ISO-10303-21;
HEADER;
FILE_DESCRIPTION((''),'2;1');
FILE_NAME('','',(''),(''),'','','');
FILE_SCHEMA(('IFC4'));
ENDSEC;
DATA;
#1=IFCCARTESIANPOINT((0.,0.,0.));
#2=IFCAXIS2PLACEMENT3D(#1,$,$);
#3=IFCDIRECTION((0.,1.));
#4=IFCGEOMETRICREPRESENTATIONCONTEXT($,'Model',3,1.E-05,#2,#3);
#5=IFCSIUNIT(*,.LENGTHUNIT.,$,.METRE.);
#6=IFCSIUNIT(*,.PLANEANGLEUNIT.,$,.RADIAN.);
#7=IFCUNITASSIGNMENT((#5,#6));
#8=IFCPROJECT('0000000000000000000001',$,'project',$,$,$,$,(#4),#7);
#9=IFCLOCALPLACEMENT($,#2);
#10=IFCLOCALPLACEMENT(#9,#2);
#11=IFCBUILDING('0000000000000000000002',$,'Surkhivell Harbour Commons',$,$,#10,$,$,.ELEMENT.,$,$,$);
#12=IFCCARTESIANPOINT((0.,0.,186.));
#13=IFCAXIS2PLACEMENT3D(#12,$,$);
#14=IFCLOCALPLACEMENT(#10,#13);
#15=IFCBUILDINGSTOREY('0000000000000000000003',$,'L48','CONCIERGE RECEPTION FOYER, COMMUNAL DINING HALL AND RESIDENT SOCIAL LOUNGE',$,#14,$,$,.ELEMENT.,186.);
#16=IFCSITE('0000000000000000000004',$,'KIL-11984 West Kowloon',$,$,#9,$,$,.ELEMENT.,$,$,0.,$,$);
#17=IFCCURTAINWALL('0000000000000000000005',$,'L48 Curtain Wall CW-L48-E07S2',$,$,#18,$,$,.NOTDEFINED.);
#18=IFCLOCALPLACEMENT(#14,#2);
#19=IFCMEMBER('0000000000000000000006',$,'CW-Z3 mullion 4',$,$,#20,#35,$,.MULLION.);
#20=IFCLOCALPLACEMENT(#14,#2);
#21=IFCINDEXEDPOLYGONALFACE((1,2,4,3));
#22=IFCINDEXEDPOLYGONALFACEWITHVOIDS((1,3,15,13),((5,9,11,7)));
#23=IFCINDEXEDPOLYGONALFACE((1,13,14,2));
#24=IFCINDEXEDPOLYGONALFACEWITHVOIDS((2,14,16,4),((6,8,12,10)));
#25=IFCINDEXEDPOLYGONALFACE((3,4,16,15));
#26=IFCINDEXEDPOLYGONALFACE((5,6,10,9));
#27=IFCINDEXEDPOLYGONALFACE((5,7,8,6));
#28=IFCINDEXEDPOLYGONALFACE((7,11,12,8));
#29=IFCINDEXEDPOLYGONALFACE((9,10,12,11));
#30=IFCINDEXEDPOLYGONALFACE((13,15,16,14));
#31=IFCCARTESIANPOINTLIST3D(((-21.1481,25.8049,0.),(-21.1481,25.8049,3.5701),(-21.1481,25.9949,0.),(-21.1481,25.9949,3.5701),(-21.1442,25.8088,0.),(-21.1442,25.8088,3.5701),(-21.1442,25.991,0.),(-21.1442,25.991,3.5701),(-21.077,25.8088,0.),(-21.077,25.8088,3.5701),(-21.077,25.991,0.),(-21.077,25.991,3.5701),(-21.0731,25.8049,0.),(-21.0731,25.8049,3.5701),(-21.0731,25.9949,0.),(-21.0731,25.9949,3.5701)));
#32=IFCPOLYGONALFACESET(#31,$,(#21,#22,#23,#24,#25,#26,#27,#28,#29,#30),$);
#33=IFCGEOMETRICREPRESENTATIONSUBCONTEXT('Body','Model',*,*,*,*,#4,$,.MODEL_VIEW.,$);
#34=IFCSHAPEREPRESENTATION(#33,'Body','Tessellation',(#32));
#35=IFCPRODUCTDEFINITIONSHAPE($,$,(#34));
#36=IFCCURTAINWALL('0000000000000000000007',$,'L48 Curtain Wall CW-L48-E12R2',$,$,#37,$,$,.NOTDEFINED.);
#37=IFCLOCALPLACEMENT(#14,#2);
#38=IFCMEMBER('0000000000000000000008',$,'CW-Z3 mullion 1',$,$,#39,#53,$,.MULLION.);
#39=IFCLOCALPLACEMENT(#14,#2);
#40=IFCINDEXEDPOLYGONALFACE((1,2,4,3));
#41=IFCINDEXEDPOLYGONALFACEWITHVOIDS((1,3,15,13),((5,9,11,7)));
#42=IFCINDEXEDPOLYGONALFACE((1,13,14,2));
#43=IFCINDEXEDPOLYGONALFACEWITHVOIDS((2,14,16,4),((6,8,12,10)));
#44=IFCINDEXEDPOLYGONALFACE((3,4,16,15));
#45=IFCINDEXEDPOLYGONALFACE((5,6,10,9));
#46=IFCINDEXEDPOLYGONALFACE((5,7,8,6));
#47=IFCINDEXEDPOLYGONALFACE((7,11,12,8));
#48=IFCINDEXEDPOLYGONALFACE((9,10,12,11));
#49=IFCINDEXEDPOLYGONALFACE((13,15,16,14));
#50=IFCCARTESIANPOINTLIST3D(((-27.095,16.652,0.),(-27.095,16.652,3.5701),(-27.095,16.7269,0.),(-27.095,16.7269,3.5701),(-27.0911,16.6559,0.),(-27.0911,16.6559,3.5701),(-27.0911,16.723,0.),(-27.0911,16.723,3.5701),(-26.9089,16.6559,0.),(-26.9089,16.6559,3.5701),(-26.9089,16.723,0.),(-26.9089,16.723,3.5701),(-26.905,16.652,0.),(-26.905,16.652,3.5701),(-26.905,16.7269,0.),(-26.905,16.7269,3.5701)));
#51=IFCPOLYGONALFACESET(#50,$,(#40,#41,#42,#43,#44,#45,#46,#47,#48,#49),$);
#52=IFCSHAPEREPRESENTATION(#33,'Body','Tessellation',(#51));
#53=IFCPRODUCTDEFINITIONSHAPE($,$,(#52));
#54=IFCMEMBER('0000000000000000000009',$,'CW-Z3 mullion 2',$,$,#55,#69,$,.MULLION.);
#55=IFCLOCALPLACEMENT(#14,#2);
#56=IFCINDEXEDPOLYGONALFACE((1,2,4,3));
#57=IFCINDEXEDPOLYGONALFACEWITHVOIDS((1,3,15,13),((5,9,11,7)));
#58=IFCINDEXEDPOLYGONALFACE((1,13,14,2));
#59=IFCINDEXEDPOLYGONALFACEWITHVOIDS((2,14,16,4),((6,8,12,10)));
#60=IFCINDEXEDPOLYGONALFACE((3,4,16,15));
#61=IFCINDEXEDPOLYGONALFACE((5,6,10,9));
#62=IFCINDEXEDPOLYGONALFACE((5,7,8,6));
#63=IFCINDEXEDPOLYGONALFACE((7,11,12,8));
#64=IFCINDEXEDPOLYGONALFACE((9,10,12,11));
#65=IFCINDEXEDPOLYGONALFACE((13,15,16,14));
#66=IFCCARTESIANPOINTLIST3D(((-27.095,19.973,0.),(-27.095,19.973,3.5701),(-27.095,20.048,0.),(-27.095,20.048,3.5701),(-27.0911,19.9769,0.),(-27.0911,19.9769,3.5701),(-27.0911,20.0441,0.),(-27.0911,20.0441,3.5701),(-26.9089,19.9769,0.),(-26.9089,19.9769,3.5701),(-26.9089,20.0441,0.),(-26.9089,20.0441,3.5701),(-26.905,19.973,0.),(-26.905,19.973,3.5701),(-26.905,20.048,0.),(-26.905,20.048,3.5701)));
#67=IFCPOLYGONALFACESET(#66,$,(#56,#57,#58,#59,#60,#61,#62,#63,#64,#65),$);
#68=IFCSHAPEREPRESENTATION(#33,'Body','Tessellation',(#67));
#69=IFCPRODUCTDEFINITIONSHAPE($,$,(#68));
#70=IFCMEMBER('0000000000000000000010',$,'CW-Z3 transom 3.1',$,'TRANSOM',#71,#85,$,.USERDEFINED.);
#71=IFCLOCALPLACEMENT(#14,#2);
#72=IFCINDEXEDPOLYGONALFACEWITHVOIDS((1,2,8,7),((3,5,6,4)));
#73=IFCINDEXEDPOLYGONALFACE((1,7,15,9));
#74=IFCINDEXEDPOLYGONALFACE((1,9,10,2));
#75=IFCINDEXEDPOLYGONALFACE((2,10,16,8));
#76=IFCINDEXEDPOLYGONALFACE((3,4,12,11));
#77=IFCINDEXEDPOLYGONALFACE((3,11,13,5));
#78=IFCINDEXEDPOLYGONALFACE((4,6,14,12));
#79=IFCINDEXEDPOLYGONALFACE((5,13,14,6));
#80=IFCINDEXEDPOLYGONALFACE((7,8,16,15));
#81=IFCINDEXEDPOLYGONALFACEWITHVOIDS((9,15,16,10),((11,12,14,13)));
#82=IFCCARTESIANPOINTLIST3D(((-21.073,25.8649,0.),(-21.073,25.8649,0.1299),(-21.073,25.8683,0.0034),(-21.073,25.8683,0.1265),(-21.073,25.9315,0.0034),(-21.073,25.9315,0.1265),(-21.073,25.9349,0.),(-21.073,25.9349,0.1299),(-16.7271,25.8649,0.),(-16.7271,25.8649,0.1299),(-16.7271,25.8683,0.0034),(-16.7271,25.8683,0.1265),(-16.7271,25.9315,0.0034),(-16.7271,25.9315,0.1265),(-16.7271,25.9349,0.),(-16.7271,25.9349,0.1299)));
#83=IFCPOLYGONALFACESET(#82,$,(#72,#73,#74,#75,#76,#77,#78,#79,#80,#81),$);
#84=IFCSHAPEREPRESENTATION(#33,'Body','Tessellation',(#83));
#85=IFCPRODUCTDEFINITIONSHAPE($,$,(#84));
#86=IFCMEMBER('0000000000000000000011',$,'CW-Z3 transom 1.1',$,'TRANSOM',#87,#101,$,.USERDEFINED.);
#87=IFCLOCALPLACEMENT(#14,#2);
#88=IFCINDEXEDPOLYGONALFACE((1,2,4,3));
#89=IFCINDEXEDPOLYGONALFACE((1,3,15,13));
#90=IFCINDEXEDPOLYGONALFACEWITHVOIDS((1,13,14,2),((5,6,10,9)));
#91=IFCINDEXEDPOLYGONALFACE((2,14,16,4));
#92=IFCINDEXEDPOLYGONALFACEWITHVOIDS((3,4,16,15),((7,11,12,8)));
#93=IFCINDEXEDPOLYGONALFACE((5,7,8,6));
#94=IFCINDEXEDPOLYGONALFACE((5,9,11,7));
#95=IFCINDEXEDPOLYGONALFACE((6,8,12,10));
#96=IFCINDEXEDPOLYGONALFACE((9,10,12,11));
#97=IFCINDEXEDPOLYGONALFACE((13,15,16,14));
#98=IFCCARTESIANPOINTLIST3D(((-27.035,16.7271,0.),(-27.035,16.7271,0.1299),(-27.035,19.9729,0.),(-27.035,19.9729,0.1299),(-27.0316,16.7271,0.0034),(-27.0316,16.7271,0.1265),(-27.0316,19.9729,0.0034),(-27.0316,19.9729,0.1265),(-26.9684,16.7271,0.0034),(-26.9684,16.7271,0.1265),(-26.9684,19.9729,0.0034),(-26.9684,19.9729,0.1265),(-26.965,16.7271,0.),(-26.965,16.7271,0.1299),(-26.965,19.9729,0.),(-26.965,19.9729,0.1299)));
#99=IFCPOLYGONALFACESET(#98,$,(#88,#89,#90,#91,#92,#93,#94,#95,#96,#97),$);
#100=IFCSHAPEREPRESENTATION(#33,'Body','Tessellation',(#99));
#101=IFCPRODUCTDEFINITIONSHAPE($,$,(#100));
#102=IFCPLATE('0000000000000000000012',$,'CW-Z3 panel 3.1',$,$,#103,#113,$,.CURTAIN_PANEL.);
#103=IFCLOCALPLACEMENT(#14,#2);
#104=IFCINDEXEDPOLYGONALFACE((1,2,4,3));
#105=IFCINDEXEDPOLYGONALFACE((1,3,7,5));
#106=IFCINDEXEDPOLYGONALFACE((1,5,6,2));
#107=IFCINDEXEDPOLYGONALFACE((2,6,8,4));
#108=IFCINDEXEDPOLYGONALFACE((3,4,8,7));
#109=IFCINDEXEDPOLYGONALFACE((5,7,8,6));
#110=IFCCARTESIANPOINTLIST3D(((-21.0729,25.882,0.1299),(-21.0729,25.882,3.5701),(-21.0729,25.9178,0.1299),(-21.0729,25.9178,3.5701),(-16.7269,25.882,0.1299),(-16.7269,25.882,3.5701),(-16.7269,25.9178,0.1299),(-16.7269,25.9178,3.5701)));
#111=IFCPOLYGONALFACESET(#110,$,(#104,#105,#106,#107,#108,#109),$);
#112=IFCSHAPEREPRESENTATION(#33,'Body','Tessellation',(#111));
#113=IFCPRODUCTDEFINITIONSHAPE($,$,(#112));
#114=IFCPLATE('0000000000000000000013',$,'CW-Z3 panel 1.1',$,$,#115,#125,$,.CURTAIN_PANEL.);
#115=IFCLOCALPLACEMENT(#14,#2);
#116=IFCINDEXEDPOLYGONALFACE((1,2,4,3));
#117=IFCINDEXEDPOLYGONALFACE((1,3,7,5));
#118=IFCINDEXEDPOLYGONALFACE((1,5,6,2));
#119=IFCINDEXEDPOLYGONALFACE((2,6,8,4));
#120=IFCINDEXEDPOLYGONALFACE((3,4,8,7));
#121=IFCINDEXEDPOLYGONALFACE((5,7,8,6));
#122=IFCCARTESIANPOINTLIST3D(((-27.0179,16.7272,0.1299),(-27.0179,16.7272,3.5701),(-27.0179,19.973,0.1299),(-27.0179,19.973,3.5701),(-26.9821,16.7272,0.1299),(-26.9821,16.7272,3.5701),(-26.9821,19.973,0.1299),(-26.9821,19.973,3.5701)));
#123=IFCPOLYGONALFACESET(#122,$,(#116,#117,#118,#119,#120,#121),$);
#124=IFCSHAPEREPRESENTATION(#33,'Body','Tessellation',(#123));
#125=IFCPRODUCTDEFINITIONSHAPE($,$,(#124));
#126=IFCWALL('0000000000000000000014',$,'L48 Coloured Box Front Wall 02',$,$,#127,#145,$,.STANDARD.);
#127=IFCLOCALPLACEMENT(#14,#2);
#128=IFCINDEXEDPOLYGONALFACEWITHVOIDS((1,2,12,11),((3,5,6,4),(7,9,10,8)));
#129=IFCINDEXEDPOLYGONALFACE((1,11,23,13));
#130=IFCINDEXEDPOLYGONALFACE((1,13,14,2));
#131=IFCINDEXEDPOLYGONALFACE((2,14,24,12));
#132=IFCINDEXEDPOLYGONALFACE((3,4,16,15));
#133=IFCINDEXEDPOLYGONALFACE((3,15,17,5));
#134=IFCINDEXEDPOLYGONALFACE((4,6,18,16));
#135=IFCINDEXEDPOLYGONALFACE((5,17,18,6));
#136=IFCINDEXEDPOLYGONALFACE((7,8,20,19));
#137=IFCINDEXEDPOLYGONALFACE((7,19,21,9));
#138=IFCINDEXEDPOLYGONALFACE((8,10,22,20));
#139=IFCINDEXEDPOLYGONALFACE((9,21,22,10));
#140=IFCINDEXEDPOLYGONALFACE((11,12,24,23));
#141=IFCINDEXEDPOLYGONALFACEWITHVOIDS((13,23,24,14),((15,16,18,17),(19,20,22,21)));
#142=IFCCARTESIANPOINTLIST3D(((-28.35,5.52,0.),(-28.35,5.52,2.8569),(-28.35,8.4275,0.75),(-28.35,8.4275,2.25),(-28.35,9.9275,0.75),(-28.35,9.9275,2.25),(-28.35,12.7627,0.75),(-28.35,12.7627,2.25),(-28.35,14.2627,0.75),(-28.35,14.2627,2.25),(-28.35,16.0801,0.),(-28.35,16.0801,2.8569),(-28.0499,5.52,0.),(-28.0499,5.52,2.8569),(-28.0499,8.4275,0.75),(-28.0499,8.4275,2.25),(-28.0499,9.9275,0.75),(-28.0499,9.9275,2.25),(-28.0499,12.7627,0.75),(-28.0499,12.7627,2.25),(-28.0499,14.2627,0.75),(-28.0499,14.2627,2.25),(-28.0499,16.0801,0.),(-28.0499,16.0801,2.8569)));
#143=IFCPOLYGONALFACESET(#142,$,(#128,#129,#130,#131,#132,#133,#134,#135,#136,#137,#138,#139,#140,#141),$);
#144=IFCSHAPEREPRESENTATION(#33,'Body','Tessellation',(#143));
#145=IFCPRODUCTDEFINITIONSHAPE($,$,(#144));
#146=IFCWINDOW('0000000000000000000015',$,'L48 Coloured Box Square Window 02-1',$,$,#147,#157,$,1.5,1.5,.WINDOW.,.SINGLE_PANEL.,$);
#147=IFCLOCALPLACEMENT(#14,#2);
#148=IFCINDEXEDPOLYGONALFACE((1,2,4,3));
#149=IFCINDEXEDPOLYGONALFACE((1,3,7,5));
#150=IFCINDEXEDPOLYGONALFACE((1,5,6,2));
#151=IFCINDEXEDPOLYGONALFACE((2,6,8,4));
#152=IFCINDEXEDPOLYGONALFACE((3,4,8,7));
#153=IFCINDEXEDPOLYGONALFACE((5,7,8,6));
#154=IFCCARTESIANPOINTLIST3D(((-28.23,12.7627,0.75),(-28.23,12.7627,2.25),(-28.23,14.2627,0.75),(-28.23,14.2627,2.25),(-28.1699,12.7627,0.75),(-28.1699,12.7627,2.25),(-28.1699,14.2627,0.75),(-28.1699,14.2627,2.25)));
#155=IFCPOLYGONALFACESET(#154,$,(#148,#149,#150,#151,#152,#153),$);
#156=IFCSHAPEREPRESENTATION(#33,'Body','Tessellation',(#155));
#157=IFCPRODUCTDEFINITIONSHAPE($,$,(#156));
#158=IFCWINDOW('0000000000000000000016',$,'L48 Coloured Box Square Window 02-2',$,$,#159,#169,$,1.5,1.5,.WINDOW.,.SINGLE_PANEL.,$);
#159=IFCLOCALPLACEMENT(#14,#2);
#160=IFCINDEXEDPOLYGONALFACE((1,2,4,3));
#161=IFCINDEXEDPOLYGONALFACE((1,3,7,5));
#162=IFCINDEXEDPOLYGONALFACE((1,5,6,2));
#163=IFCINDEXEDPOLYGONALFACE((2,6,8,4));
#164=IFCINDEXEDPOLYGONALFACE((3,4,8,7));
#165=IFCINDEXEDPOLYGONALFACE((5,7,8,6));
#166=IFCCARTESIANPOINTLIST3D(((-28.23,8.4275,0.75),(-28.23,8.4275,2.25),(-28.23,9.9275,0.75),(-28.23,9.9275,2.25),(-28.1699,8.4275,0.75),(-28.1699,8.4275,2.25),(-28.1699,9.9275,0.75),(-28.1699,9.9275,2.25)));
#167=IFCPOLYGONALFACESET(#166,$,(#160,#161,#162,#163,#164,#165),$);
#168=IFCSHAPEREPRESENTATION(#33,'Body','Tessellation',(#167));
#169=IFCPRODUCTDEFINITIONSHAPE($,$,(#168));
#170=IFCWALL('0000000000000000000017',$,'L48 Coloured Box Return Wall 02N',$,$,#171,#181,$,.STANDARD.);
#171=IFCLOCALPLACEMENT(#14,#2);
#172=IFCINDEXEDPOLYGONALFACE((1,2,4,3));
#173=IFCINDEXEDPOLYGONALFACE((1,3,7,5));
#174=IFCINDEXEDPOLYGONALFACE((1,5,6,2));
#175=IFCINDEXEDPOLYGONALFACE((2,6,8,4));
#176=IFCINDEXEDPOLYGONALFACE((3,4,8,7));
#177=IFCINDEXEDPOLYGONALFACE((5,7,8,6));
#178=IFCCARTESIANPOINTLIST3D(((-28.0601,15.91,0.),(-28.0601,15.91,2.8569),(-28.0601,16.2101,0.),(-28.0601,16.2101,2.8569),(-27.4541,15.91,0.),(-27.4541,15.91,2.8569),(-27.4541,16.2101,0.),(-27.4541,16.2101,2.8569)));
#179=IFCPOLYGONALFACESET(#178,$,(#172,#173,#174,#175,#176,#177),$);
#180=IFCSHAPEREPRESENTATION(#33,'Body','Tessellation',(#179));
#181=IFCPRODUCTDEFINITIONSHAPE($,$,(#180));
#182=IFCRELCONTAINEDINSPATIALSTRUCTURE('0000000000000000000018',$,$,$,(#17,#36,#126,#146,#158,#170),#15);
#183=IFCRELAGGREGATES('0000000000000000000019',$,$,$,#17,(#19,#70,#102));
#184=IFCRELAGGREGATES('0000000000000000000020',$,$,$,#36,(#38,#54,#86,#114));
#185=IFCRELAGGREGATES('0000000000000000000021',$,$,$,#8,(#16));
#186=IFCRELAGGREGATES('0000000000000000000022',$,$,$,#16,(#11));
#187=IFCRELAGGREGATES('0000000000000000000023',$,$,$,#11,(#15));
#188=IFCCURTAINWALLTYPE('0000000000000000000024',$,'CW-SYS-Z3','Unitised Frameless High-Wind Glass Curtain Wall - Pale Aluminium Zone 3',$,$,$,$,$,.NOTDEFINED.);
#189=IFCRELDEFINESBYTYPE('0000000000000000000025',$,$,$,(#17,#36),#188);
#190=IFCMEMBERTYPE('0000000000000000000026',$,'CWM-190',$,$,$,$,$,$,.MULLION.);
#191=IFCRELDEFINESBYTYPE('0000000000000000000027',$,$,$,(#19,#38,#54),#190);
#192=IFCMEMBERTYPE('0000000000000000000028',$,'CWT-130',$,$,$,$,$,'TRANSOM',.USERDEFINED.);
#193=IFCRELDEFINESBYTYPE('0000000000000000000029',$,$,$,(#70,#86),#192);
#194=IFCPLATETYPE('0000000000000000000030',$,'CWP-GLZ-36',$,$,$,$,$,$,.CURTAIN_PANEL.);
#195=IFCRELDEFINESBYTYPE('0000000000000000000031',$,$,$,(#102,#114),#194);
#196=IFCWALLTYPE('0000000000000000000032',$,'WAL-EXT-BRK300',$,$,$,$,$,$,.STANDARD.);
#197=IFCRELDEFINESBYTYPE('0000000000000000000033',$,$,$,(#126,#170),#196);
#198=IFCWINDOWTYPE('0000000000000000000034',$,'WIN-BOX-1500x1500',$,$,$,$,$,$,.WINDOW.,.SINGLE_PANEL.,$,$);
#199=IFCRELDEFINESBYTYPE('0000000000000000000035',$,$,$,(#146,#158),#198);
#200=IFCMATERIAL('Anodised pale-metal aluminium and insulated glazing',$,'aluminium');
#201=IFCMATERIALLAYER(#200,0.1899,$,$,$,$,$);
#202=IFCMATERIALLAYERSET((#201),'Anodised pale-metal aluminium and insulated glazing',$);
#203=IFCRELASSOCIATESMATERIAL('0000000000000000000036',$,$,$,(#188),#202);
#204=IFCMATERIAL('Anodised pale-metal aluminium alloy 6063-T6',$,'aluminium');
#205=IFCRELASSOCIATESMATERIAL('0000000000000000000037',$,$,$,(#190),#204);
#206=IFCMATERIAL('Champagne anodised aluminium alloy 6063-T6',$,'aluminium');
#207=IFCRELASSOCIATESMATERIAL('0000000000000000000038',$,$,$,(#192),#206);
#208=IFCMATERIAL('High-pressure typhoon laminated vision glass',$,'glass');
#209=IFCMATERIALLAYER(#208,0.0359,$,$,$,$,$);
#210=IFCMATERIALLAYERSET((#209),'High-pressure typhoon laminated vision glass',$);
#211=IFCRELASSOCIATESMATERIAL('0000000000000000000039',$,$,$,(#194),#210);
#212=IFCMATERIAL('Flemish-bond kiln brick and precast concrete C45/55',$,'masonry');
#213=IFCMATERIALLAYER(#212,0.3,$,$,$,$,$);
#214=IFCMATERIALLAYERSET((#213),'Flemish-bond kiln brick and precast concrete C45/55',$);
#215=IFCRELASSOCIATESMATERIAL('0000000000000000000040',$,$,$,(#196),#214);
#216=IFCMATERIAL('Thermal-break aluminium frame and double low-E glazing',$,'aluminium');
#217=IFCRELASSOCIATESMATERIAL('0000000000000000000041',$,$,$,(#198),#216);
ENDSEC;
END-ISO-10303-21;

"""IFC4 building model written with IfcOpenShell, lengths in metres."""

from ifc_helpers import new_model, si_unit, direction, frame, frame_2d, origin, origin_2d, place, context, subcontext, project, spatial, rectangle, hollow_rectangle, extrude, material, layer, layer_set, material_profile, profile_set, type_object, element, fill, aggregate, save


model = new_model("IFC4")

# Units and contexts
model_context = context("Model", 3, precision=1e-05, world=origin(), true_north=direction((0.0, 1.0)))
body_context = subcontext(model_context, "Body", "Model", "MODEL_VIEW")
ifc_project = project(units=[si_unit("LENGTHUNIT", "METRE"), si_unit("PLANEANGLEUNIT", "RADIAN")], contexts=[model_context])

# Site, building, storey
site_placement = place(None, origin())
site = spatial("IfcSite", under=ifc_project, at=site_placement, Name="KIL-11984 West Kowloon", CompositionType="ELEMENT", RefElevation=0.0)
building_placement = place(site_placement, origin())
building = spatial("IfcBuilding", under=site, at=building_placement, Name="Surkhivell Harbour Commons", CompositionType="ELEMENT")
storey_placement = place(building_placement, frame((0.0, 0.0, 186.0)))
storey = spatial("IfcBuildingStorey", under=building, at=storey_placement, Name="L48", Description="CONCIERGE RECEPTION FOYER, COMMUNAL DINING HALL AND RESIDENT SOCIAL LOUNGE", CompositionType="ELEMENT", Elevation=186.0)

# Curtain wall, member
ifc_material_1 = material(Name="Anodised pale-metal aluminium and insulated glazing", Category="aluminium")
ifc_layer_1 = layer(ifc_material_1, 0.1899)
ifc_layer_set_1 = layer_set([ifc_layer_1], Name="Anodised pale-metal aluminium and insulated glazing")
curtain_wall_type = type_object("IfcCurtainWallType", Name="CW-SYS-Z3", Description="Unitised Frameless High-Wind Glass Curtain Wall - Pale Aluminium Zone 3", PredefinedType="NOTDEFINED", material=ifc_layer_set_1)
curtain_wall_1_placement = place(storey_placement, origin())
curtain_wall_1 = element("IfcCurtainWall", 1, at=curtain_wall_1_placement, inside=storey, type_object=curtain_wall_type, Name="L48 Curtain Wall CW-L48-E07S2", PredefinedType="NOTDEFINED")
ifc_material_2 = material(Name="Anodised pale-metal aluminium alloy 6063-T6", Category="aluminium")
ifc_material_profile_1 = material_profile(ifc_material_2, hollow_rectangle(XDim=0.075, YDim=0.1899, WallThickness=0.0039, at=origin_2d()), Name="ALU-MULL-75x190")
ifc_profile_set_1 = profile_set([ifc_material_profile_1], Name="Anodised pale-metal aluminium alloy 6063-T6")
member_type_1 = type_object("IfcMemberType", Name="CWM-190", PredefinedType="MULLION", material=ifc_profile_set_1)
member_1_placement = place(storey_placement, frame((-21.1106, 25.8999, 0.0), z_axis=(0.0, 0.0, 1.0), x_axis=(-1.0, 0.0, 0.0)))
member_1 = element("IfcMember", 2, at=member_1_placement, type_object=member_type_1, Name="CW-Z3 mullion 4", PredefinedType="MULLION", context=body_context, shape_type="SweptSolid", body=[
    extrude(hollow_rectangle(XDim=0.075, YDim=0.1899, WallThickness=0.0039, at=origin_2d()), origin(), (0.0, 0.0, 1.0), 3.5701),
])

# Curtain wall, members
curtain_wall_2_placement = place(storey_placement, origin())
curtain_wall_2 = element("IfcCurtainWall", 3, at=curtain_wall_2_placement, inside=storey, type_object=curtain_wall_type, Name="L48 Curtain Wall CW-L48-E12R2", PredefinedType="NOTDEFINED")
member_2_placement = place(storey_placement, frame((-27.0, 16.6895, 0.0), z_axis=(0.0, 0.0, 1.0), x_axis=(0.0, 1.0, 0.0)))
member_2 = element("IfcMember", 4, at=member_2_placement, type_object=member_type_1, Name="CW-Z3 mullion 1", PredefinedType="MULLION", context=body_context, shape_type="SweptSolid", body=[
    extrude(hollow_rectangle(XDim=0.075, YDim=0.1899, WallThickness=0.0039, at=origin_2d()), origin(), (0.0, 0.0, 1.0), 3.5701),
])
member_3_placement = place(storey_placement, frame((-27.0, 20.0105, 0.0), z_axis=(0.0, 0.0, 1.0), x_axis=(0.0, 1.0, 0.0)))
member_3 = element("IfcMember", 5, at=member_3_placement, type_object=member_type_1, Name="CW-Z3 mullion 2", PredefinedType="MULLION", context=body_context, shape_type="SweptSolid", body=[
    extrude(hollow_rectangle(XDim=0.075, YDim=0.1899, WallThickness=0.0039, at=origin_2d()), origin(), (0.0, 0.0, 1.0), 3.5701),
])

# Members
ifc_material_3 = material(Name="Champagne anodised aluminium alloy 6063-T6", Category="aluminium")
ifc_material_profile_2 = material_profile(ifc_material_3, hollow_rectangle(XDim=0.0701, YDim=0.1299, WallThickness=0.0034, at=origin_2d()), Name="ALU-TRAN-70x130")
ifc_profile_set_2 = profile_set([ifc_material_profile_2], Name="Champagne anodised aluminium alloy 6063-T6")
member_type_2 = type_object("IfcMemberType", Name="CWT-130", ElementType="TRANSOM", PredefinedType="USERDEFINED", material=ifc_profile_set_2)
member_4_placement = place(storey_placement, frame((-16.7271, 25.8999, 0.0649), z_axis=(-1.0, 0.0, 0.0), x_axis=(0.0, -1.0, 0.0)))
member_4 = element("IfcMember", 6, at=member_4_placement, type_object=member_type_2, Name="CW-Z3 transom 3.1", ObjectType="TRANSOM", PredefinedType="USERDEFINED", context=body_context, shape_type="SweptSolid", body=[
    extrude(hollow_rectangle(XDim=0.0701, YDim=0.1299, WallThickness=0.0034, at=origin_2d()), origin(), (0.0, 0.0, 1.0), 4.3459),
])
member_5_placement = place(storey_placement, frame((-27.0, 16.7271, 0.0649), z_axis=(0.0, 1.0, 0.0), x_axis=(-1.0, 0.0, 0.0)))
member_5 = element("IfcMember", 7, at=member_5_placement, type_object=member_type_2, Name="CW-Z3 transom 1.1", ObjectType="TRANSOM", PredefinedType="USERDEFINED", context=body_context, shape_type="SweptSolid", body=[
    extrude(hollow_rectangle(XDim=0.0701, YDim=0.1299, WallThickness=0.0034, at=origin_2d()), origin(), (0.0, 0.0, 1.0), 3.2458),
])

# Plates
ifc_material_4 = material(Name="High-pressure typhoon laminated vision glass", Category="glass")
ifc_layer_2 = layer(ifc_material_4, 0.0359)
ifc_layer_set_2 = layer_set([ifc_layer_2], Name="High-pressure typhoon laminated vision glass")
plate_type = type_object("IfcPlateType", Name="CWP-GLZ-36", PredefinedType="CURTAIN_PANEL", material=ifc_layer_set_2)
plate_1_placement = place(storey_placement, frame((-16.7271, 25.8999, 0.1299), z_axis=(0.0, 0.0, 1.0), x_axis=(-1.0, 0.0, 0.0)))
plate_1 = element("IfcPlate", 8, at=plate_1_placement, type_object=plate_type, Name="CW-Z3 panel 3.1", PredefinedType="CURTAIN_PANEL", context=body_context, shape_type="SweptSolid", body=[
    extrude(rectangle(XDim=4.3459, YDim=0.0359, at=frame_2d((2.1729, 0.0))), origin(), (0.0, 0.0, 1.0), 3.4402),
])
aggregate(curtain_wall_1, [member_1, member_4, plate_1])
plate_2_placement = place(storey_placement, frame((-27.0, 16.7271, 0.1299), z_axis=(0.0, 0.0, 1.0), x_axis=(0.0, 1.0, 0.0)))
plate_2 = element("IfcPlate", 9, at=plate_2_placement, type_object=plate_type, Name="CW-Z3 panel 1.1", PredefinedType="CURTAIN_PANEL", context=body_context, shape_type="SweptSolid", body=[
    extrude(rectangle(XDim=3.2458, YDim=0.0359, at=frame_2d((1.623, 0.0))), origin(), (0.0, 0.0, 1.0), 3.4402),
])
aggregate(curtain_wall_2, [member_2, member_3, member_5, plate_2])

# Wall, openings, windows
ifc_material_5 = material(Name="Flemish-bond kiln brick and precast concrete C45/55", Category="masonry")
ifc_layer_3 = layer(ifc_material_5, 0.3)
ifc_layer_set_3 = layer_set([ifc_layer_3], Name="Flemish-bond kiln brick and precast concrete C45/55")
wall_type_1 = type_object("IfcWallType", Name="WAL-EXT-BRK300", PredefinedType="STANDARD", material=ifc_layer_set_3)
wall_1_placement = place(storey_placement, frame((-28.2, 16.0801, 0.0), z_axis=(0.0, 0.0, 1.0), x_axis=(0.0, -1.0, 0.0)))
wall_1 = element("IfcWall", 10, at=wall_1_placement, inside=storey, type_object=wall_type_1, Name="L48 Coloured Box Front Wall 02", PredefinedType="STANDARD", context=body_context, shape_type="SweptSolid", body=[
    extrude(rectangle(XDim=10.5601, YDim=0.3, at=frame_2d((5.28, 0.0))), origin(), (0.0, 0.0, 1.0), 2.8569),
])
opening_1_placement = place(wall_1_placement, frame((1.8174, 0.0, 0.75)))
opening_1 = element("IfcOpeningElement", 11, at=opening_1_placement, cuts=wall_1, PredefinedType="OPENING", context=body_context, shape_type="SweptSolid", body=[
    extrude(rectangle(XDim=1.5, YDim=1.5, at=frame_2d((0.75, 0.75))), frame((0.0, 0.1599, 0.0), z_axis=(0.0, -1.0, 0.0), x_axis=(1.0, 0.0, 0.0)), (0.0, 0.0, 1.0), 0.3201),
])
opening_2_placement = place(wall_1_placement, frame((6.1526, 0.0, 0.75)))
opening_2 = element("IfcOpeningElement", 12, at=opening_2_placement, cuts=wall_1, PredefinedType="OPENING", context=body_context, shape_type="SweptSolid", body=[
    extrude(rectangle(XDim=1.5, YDim=1.5, at=frame_2d((0.75, 0.75))), frame((0.0, 0.1599, 0.0), z_axis=(0.0, -1.0, 0.0), x_axis=(1.0, 0.0, 0.0)), (0.0, 0.0, 1.0), 0.3201),
])
ifc_material_6 = material(Name="Thermal-break aluminium frame and double low-E glazing", Category="aluminium")
window_type_1 = type_object("IfcWindowType", Name="WIN-BOX-1500x1500", PartitioningType="SINGLE_PANEL", PredefinedType="WINDOW", material=ifc_material_6)
window_1_placement = place(opening_1_placement, origin())
window_1 = element("IfcWindow", 13, at=window_1_placement, inside=storey, type_object=window_type_1, Name="L48 Coloured Box Square Window 02-1", OverallHeight=1.5, OverallWidth=1.5, PartitioningType="SINGLE_PANEL", PredefinedType="WINDOW", context=body_context, shape_type="SweptSolid", body=[
    extrude(rectangle(XDim=1.5, YDim=1.5, at=frame_2d((0.75, 0.75))), frame((0.0, 0.03, 0.0), z_axis=(0.0, -1.0, 0.0), x_axis=(1.0, 0.0, 0.0)), (0.0, 0.0, 1.0), 0.0601),
])
fill(opening_1, window_1)
window_2_placement = place(opening_2_placement, origin())
window_2 = element("IfcWindow", 14, at=window_2_placement, inside=storey, type_object=window_type_1, Name="L48 Coloured Box Square Window 02-2", OverallHeight=1.5, OverallWidth=1.5, PartitioningType="SINGLE_PANEL", PredefinedType="WINDOW", context=body_context, shape_type="SweptSolid", body=[
    extrude(rectangle(XDim=1.5, YDim=1.5, at=frame_2d((0.75, 0.75))), frame((0.0, 0.03, 0.0), z_axis=(0.0, -1.0, 0.0), x_axis=(1.0, 0.0, 0.0)), (0.0, 0.0, 1.0), 0.0601),
])
fill(opening_2, window_2)

# Wall
wall_2_placement = place(storey_placement, frame((-28.0601, 16.0601, 0.0), z_axis=(0.0, 0.0, 1.0), x_axis=(1.0, 0.0, 0.0)))
element("IfcWall", 15, at=wall_2_placement, inside=storey, type_object=wall_type_1, Name="L48 Coloured Box Return Wall 02N", PredefinedType="STANDARD", context=body_context, shape_type="SweptSolid", body=[
    extrude(rectangle(XDim=0.606, YDim=0.3, at=frame_2d((0.303, 0.0))), origin(), (0.0, 0.0, 1.0), 2.8569),
])

save(model, "model.ifc")
